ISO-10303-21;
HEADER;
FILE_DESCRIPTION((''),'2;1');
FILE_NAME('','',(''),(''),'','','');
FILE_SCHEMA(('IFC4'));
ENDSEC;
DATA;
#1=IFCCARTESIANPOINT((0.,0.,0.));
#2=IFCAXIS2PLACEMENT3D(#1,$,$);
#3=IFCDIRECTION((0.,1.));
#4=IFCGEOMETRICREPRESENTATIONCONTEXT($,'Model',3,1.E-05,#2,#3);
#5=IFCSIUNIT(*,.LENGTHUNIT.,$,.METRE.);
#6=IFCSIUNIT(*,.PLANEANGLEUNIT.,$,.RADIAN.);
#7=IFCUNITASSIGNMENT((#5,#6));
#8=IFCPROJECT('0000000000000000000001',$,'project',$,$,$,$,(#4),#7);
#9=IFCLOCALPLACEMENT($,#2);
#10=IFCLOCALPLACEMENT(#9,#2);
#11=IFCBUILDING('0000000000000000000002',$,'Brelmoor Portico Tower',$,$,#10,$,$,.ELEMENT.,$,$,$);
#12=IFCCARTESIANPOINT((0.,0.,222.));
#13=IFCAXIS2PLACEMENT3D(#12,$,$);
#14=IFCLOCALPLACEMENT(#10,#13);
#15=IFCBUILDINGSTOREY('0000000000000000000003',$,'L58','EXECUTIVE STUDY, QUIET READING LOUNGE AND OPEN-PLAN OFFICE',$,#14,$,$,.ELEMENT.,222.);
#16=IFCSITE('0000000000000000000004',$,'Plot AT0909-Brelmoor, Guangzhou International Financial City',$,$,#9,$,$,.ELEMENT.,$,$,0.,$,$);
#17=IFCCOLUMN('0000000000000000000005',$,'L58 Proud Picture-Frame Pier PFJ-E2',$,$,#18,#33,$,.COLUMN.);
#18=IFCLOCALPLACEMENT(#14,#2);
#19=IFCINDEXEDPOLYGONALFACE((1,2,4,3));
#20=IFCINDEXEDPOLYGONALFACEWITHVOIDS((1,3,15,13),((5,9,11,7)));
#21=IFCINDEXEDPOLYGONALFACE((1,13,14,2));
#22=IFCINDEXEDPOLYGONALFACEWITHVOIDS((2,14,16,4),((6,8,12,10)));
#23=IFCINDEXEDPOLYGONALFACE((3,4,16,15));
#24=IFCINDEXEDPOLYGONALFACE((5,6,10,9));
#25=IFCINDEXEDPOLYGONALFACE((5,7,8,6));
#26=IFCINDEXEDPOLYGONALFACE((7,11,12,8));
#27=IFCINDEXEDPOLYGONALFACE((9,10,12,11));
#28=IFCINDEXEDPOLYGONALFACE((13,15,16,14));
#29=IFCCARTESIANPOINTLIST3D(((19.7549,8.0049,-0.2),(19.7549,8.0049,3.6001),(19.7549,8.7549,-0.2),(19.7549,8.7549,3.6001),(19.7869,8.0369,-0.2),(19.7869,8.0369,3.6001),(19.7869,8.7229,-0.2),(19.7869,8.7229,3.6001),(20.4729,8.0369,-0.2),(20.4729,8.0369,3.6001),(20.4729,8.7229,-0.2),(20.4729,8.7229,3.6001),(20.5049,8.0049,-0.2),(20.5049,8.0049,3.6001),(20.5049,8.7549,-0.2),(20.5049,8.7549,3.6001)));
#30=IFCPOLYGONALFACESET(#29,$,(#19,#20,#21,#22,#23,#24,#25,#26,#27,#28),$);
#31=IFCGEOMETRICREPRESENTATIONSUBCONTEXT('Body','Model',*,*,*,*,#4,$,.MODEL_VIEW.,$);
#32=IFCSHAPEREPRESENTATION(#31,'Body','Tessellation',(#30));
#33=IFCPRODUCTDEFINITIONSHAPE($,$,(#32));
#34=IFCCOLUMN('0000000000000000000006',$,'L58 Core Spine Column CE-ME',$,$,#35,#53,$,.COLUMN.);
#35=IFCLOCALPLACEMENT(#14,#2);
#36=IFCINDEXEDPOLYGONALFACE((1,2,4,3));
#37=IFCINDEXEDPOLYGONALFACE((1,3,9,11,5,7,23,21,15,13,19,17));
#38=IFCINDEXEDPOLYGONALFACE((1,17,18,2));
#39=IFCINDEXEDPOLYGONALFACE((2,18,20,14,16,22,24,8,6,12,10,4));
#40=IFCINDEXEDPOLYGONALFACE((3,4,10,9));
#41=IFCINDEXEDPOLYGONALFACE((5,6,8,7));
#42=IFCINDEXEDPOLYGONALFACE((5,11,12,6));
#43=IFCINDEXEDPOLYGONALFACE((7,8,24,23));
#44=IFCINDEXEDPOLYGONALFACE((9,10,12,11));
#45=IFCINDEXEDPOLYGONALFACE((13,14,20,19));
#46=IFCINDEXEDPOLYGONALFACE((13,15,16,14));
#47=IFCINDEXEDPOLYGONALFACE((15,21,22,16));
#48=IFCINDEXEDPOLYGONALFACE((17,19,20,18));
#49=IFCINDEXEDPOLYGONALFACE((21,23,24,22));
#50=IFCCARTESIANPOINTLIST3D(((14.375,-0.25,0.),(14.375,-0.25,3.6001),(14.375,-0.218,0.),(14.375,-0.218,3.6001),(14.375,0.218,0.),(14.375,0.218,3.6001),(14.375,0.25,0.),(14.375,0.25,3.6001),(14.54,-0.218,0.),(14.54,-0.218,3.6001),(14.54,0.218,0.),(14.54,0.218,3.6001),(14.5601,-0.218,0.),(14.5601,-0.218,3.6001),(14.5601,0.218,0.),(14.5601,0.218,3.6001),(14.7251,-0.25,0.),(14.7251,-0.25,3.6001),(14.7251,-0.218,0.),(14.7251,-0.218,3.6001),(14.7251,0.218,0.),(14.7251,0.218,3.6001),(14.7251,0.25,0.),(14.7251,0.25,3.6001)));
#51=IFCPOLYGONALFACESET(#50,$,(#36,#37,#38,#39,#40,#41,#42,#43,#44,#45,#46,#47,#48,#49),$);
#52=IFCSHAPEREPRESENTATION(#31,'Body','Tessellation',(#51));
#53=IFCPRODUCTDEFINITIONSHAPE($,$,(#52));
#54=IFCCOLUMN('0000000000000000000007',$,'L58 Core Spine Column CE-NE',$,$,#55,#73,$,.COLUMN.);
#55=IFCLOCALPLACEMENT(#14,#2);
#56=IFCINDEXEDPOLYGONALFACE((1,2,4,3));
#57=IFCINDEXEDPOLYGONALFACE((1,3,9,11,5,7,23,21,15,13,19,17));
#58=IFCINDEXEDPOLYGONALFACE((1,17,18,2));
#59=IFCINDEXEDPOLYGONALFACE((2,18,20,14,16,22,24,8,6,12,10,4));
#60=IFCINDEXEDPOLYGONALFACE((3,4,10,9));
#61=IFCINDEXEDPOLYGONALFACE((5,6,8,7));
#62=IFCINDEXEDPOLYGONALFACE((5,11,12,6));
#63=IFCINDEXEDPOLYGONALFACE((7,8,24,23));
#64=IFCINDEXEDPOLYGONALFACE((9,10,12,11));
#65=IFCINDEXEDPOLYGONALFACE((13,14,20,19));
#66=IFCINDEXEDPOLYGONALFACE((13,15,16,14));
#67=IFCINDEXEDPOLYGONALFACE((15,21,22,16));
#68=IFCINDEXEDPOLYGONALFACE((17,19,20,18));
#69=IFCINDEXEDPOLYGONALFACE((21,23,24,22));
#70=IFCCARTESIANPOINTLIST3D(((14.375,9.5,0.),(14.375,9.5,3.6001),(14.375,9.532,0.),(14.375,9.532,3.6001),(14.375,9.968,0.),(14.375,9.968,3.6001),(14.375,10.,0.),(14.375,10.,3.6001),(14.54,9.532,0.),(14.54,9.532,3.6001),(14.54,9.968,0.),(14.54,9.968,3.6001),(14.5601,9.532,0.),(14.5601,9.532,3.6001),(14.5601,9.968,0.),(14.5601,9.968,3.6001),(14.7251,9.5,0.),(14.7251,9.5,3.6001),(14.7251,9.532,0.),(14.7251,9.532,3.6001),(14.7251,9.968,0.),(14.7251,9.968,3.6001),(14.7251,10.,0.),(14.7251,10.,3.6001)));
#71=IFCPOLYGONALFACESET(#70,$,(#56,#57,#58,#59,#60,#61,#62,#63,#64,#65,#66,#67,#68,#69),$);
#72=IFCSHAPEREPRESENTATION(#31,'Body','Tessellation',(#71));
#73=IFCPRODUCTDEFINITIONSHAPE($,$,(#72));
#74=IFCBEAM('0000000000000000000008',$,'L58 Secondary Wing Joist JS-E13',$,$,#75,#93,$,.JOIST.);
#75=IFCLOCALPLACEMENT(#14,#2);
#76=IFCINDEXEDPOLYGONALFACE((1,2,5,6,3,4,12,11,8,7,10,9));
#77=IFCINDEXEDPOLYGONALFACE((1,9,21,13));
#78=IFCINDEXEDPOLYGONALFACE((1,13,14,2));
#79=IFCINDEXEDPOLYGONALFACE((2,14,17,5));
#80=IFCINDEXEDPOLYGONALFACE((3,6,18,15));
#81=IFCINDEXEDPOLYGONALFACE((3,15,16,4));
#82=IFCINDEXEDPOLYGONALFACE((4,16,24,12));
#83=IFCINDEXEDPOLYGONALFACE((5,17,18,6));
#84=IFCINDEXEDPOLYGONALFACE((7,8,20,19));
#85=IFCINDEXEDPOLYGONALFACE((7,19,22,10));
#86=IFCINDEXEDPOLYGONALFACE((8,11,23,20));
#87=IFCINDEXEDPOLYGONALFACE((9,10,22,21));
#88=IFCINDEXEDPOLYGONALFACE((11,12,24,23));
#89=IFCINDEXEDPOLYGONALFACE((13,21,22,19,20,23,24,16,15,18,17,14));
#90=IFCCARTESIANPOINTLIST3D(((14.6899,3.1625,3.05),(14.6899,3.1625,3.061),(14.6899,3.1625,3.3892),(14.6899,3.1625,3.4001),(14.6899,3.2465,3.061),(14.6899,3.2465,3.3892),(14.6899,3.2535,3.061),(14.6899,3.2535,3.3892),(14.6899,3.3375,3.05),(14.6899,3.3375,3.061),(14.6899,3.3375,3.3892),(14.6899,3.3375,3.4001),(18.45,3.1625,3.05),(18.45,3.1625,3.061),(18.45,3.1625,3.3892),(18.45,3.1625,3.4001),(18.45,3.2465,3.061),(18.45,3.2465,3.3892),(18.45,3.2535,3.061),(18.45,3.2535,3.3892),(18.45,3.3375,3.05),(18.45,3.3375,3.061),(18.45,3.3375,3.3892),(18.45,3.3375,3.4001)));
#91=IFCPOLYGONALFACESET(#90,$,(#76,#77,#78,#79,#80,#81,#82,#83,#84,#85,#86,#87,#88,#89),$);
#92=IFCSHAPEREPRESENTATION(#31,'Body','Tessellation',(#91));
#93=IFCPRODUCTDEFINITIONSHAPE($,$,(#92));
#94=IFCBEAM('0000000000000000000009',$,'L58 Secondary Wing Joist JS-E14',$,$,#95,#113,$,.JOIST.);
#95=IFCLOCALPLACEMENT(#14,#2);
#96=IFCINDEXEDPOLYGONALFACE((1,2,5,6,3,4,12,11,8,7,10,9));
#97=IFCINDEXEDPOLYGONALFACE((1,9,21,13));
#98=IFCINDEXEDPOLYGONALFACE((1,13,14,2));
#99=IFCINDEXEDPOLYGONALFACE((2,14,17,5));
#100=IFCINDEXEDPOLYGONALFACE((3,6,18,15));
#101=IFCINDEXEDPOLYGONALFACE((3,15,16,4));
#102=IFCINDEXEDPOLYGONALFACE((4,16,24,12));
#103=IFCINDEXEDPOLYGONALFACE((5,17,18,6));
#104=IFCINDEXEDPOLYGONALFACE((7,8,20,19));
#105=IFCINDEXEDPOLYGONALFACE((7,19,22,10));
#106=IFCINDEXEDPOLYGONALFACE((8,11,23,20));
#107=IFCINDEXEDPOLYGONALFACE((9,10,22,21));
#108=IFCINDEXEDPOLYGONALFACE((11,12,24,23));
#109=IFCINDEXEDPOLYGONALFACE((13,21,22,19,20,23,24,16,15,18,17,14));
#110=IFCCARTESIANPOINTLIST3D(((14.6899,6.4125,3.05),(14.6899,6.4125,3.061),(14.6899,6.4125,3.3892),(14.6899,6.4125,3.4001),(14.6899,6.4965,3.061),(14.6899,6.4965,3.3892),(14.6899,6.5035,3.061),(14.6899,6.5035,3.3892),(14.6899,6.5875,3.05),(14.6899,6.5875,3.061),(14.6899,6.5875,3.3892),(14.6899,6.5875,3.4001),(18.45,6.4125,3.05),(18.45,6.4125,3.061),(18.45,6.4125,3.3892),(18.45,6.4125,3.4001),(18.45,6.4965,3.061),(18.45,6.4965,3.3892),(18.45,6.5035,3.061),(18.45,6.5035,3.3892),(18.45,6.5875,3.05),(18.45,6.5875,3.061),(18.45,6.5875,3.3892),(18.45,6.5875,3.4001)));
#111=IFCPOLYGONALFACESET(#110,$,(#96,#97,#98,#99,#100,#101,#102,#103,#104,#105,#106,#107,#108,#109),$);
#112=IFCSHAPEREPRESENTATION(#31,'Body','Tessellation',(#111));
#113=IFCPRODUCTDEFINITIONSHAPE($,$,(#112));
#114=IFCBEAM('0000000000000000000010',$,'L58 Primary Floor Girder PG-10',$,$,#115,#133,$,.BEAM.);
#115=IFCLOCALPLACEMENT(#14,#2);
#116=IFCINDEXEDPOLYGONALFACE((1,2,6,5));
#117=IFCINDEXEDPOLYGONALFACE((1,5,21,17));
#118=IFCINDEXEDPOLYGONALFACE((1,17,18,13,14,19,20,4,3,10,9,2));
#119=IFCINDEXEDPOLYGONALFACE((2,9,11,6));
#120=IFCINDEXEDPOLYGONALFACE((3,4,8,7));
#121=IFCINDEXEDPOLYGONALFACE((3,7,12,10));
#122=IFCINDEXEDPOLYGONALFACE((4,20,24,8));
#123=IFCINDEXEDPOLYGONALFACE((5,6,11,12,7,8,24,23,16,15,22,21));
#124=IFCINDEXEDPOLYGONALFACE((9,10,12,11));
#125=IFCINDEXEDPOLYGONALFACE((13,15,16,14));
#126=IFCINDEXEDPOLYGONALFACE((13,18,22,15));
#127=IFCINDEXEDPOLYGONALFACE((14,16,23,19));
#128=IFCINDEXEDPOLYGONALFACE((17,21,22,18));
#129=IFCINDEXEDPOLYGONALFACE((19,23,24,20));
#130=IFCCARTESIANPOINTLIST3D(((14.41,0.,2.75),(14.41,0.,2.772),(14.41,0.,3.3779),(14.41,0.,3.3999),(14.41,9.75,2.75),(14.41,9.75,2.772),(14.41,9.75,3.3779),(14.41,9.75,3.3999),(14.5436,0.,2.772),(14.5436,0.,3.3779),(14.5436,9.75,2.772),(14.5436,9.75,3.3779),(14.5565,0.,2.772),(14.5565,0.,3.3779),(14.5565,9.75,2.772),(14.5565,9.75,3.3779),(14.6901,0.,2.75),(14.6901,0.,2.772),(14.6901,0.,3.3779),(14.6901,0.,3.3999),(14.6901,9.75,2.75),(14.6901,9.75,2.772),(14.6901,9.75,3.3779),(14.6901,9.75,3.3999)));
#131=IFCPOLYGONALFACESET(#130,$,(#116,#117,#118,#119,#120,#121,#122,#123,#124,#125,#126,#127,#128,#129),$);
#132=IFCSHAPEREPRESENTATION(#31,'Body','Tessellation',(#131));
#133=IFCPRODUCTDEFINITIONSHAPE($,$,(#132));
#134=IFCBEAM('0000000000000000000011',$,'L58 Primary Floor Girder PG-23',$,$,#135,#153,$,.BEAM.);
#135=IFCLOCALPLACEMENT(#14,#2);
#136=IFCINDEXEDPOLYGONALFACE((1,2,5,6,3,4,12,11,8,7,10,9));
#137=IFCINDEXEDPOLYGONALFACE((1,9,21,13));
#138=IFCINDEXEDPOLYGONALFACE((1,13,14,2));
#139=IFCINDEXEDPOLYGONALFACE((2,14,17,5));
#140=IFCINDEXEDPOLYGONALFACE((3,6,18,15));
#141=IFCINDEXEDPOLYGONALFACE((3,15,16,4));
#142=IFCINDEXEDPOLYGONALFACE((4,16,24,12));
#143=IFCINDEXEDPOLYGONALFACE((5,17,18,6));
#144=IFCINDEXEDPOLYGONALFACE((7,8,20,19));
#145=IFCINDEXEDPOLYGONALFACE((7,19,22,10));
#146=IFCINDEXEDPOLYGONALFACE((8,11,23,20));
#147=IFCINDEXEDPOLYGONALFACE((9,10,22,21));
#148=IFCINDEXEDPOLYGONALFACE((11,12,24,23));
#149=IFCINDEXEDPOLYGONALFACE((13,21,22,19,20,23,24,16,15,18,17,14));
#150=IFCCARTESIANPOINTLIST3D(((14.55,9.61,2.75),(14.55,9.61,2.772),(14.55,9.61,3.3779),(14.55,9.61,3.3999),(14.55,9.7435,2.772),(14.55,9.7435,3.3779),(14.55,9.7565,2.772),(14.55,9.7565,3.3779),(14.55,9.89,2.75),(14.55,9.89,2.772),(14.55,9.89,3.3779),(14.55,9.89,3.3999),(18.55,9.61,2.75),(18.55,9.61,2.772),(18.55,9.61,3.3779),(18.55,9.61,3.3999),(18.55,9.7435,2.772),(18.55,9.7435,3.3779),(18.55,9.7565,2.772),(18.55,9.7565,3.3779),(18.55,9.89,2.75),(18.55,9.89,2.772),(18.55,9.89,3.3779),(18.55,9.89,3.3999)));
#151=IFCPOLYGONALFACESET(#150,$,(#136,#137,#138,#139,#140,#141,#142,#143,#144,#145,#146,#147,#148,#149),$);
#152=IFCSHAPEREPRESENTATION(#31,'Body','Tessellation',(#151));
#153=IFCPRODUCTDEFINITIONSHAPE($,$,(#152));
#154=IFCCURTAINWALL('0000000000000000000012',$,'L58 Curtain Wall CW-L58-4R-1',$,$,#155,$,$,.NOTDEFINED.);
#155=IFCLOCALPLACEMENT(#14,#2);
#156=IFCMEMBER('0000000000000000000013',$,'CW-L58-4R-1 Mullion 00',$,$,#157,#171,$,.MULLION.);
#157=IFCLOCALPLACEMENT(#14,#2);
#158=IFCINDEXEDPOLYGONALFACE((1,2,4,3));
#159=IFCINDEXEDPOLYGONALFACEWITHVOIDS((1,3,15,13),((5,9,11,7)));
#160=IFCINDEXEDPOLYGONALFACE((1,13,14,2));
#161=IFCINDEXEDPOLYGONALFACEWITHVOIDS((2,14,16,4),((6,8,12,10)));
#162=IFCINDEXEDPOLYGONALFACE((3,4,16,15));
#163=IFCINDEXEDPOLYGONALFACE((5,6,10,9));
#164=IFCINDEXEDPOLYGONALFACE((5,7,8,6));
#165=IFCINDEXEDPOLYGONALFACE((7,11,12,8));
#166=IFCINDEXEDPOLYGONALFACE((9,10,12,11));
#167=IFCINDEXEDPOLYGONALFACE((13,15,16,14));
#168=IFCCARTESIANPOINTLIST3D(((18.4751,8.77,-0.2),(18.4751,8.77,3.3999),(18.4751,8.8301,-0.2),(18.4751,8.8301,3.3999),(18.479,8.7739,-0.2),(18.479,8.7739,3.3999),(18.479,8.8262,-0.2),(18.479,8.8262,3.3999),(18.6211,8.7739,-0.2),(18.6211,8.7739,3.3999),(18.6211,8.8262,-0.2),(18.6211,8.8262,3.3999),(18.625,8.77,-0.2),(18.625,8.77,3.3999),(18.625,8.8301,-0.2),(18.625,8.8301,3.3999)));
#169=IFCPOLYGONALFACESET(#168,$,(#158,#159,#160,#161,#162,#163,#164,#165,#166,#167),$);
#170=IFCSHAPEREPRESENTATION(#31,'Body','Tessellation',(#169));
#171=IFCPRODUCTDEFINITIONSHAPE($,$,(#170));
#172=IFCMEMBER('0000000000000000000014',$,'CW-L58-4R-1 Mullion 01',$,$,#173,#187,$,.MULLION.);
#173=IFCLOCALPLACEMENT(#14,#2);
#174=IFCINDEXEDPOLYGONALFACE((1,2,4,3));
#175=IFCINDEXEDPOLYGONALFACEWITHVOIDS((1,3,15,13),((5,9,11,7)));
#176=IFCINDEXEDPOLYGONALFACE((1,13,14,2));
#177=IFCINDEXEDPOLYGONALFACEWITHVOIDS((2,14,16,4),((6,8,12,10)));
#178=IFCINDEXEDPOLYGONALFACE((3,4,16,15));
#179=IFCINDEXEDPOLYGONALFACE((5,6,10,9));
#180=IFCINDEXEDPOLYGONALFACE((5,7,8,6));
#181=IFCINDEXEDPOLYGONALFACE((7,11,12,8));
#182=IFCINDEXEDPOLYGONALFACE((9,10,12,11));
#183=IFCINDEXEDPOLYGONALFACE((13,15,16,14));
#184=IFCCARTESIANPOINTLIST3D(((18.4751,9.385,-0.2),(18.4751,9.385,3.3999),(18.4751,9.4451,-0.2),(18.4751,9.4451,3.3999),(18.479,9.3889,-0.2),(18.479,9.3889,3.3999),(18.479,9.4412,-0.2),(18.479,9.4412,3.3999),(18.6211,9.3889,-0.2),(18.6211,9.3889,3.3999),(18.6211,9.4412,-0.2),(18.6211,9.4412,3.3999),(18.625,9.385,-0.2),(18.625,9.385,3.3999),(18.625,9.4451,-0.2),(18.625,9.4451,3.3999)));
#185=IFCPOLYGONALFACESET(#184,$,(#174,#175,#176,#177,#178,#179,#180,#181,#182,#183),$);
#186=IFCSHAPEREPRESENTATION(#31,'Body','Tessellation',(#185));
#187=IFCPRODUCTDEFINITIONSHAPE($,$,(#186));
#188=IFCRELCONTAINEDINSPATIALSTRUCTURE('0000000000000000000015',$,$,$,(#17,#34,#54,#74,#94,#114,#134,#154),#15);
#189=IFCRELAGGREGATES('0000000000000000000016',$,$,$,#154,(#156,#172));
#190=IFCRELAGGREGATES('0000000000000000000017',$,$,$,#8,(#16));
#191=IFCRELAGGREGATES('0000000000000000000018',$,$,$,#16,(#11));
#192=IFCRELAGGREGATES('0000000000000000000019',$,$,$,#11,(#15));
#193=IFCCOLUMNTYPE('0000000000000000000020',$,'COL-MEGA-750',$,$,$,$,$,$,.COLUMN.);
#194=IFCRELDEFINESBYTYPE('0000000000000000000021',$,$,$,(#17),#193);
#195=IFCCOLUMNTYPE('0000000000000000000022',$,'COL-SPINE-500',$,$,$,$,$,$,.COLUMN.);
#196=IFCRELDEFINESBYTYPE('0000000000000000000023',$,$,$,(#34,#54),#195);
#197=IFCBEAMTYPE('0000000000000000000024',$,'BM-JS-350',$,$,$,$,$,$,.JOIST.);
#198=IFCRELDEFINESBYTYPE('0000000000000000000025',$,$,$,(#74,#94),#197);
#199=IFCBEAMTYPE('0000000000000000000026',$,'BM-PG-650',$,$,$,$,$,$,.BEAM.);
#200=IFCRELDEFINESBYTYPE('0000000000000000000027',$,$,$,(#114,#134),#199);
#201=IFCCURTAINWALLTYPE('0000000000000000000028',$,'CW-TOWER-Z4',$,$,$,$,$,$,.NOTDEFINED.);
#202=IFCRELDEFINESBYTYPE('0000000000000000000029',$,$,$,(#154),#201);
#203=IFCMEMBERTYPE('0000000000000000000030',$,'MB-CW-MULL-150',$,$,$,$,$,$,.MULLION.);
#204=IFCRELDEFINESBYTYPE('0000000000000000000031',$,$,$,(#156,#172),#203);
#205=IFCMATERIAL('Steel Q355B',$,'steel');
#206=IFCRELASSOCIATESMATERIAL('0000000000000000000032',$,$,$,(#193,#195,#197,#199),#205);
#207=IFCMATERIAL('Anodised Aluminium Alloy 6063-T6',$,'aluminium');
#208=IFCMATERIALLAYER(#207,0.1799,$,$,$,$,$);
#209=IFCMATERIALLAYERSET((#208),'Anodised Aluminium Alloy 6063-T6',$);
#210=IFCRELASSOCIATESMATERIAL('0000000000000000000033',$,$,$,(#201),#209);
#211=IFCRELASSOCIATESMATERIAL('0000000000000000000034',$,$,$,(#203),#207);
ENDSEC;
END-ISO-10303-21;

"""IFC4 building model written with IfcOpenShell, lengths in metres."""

from ifc_helpers import new_model, si_unit, direction, frame, origin, origin_2d, place, context, subcontext, project, spatial, hollow_rectangle, i_section, extrude, material, layer, layer_set, material_profile, profile_set, type_object, element, aggregate, save


model = new_model("IFC4")

# Units and contexts
model_context = context("Model", 3, precision=1e-05, world=origin(), true_north=direction((0.0, 1.0)))
body_context = subcontext(model_context, "Body", "Model", "MODEL_VIEW")
ifc_project = project(units=[si_unit("LENGTHUNIT", "METRE"), si_unit("PLANEANGLEUNIT", "RADIAN")], contexts=[model_context])

# Site, building, storey
site_placement = place(None, origin())
site = spatial("IfcSite", under=ifc_project, at=site_placement, Name="Plot AT0909-Brelmoor, Guangzhou International Financial City", CompositionType="ELEMENT", RefElevation=0.0)
building_placement = place(site_placement, origin())
building = spatial("IfcBuilding", under=site, at=building_placement, Name="Brelmoor Portico Tower", CompositionType="ELEMENT")
storey_placement = place(building_placement, frame((0.0, 0.0, 222.0)))
storey = spatial("IfcBuildingStorey", under=building, at=storey_placement, Name="L58", Description="EXECUTIVE STUDY, QUIET READING LOUNGE AND OPEN-PLAN OFFICE", CompositionType="ELEMENT", Elevation=222.0)

# Columns
ifc_material_1 = material(Name="Steel Q355B", Category="steel")
ifc_material_profile_1 = material_profile(ifc_material_1, hollow_rectangle(XDim=0.75, YDim=0.75, WallThickness=0.032, at=origin_2d()), Name="BOX 750x750x32")
ifc_profile_set_1 = profile_set([ifc_material_profile_1], Name="Steel Q355B")
column_type_1 = type_object("IfcColumnType", Name="COL-MEGA-750", PredefinedType="COLUMN", material=ifc_profile_set_1)
column_placement = place(storey_placement, frame((20.1299, 8.3799, -0.2), z_axis=(0.0, 0.0, 1.0), x_axis=(0.0, 1.0, 0.0)))
element("IfcColumn", 1, at=column_placement, inside=storey, type_object=column_type_1, Name="L58 Proud Picture-Frame Pier PFJ-E2", PredefinedType="COLUMN", context=body_context, shape_type="SweptSolid", body=[
    extrude(hollow_rectangle(XDim=0.75, YDim=0.75, WallThickness=0.032, at=origin_2d()), origin(), (0.0, 0.0, 1.0), 3.8),
])
ifc_material_profile_2 = material_profile(ifc_material_1, i_section(OverallWidth=0.3501, OverallDepth=0.5, WebThickness=0.02, FlangeThickness=0.032, at=origin_2d()), Name="HW 500x350x20x32")
ifc_profile_set_2 = profile_set([ifc_material_profile_2], Name="Steel Q355B")
column_type_2 = type_object("IfcColumnType", Name="COL-SPINE-500", PredefinedType="COLUMN", material=ifc_profile_set_2)
for number, where, z_axis, x_axis, name in (
    (2, (14.55, 0.0, 0.0), (0.0, 0.0, 1.0), (1.0, 0.0, 0.0), "L58 Core Spine Column CE-ME"),
    (3, (14.55, 9.75, 0.0), (0.0, 0.0, 1.0), (1.0, 0.0, 0.0), "L58 Core Spine Column CE-NE"),
):
    element("IfcColumn", number, at=place(storey_placement, frame(where, z_axis=z_axis, x_axis=x_axis)), inside=storey, type_object=column_type_2, Name=name, PredefinedType="COLUMN", context=body_context, shape_type="SweptSolid", body=[
        extrude(i_section(OverallWidth=0.3501, OverallDepth=0.5, WebThickness=0.02, FlangeThickness=0.032, at=origin_2d()), origin(), (0.0, 0.0, 1.0), 3.6001),
    ])

# Beams
ifc_material_profile_3 = material_profile(ifc_material_1, i_section(OverallWidth=0.175, OverallDepth=0.3501, WebThickness=0.0071, FlangeThickness=0.011, at=origin_2d()), Name="HN 350x175x7x11")
ifc_profile_set_3 = profile_set([ifc_material_profile_3], Name="Steel Q355B")
beam_type_1 = type_object("IfcBeamType", Name="BM-JS-350", PredefinedType="JOIST", material=ifc_profile_set_3)
for number, where, z_axis, x_axis, name in (
    (4, (14.6899, 3.25, 3.2251), (1.0, 0.0, 0.0), (0.0, 1.0, 0.0), "L58 Secondary Wing Joist JS-E13"),
    (5, (14.6899, 6.5, 3.2251), (1.0, 0.0, 0.0), (0.0, 1.0, 0.0), "L58 Secondary Wing Joist JS-E14"),
):
    element("IfcBeam", number, at=place(storey_placement, frame(where, z_axis=z_axis, x_axis=x_axis)), inside=storey, type_object=beam_type_1, Name=name, PredefinedType="JOIST", context=body_context, shape_type="SweptSolid", body=[
        extrude(i_section(OverallWidth=0.175, OverallDepth=0.3501, WebThickness=0.0071, FlangeThickness=0.011, at=origin_2d()), origin(), (0.0, 0.0, 1.0), 3.76),
    ])
ifc_material_profile_4 = material_profile(ifc_material_1, i_section(OverallWidth=0.28, OverallDepth=0.6499, WebThickness=0.0129, FlangeThickness=0.022, at=origin_2d()), Name="HN 650x280x13x22")
ifc_profile_set_4 = profile_set([ifc_material_profile_4], Name="Steel Q355B")
beam_type_2 = type_object("IfcBeamType", Name="BM-PG-650", PredefinedType="BEAM", material=ifc_profile_set_4)
beam_1_placement = place(storey_placement, frame((14.55, 0.0, 3.075), z_axis=(0.0, 1.0, 0.0), x_axis=(-1.0, 0.0, 0.0)))
element("IfcBeam", 6, at=beam_1_placement, inside=storey, type_object=beam_type_2, Name="L58 Primary Floor Girder PG-10", PredefinedType="BEAM", context=body_context, shape_type="SweptSolid", body=[
    extrude(i_section(OverallWidth=0.28, OverallDepth=0.6499, WebThickness=0.0129, FlangeThickness=0.022, at=origin_2d()), origin(), (0.0, 0.0, 1.0), 9.75),
])
beam_2_placement = place(storey_placement, frame((14.55, 9.75, 3.075), z_axis=(1.0, 0.0, 0.0), x_axis=(0.0, 1.0, 0.0)))
element("IfcBeam", 7, at=beam_2_placement, inside=storey, type_object=beam_type_2, Name="L58 Primary Floor Girder PG-23", PredefinedType="BEAM", context=body_context, shape_type="SweptSolid", body=[
    extrude(i_section(OverallWidth=0.28, OverallDepth=0.6499, WebThickness=0.0129, FlangeThickness=0.022, at=origin_2d()), origin(), (0.0, 0.0, 1.0), 4.0),
])

# Curtain wall, members
ifc_material_2 = material(Name="Anodised Aluminium Alloy 6063-T6", Category="aluminium")
ifc_layer_1 = layer(ifc_material_2, 0.1799)
ifc_layer_set_1 = layer_set([ifc_layer_1], Name="Anodised Aluminium Alloy 6063-T6")
curtain_wall_type = type_object("IfcCurtainWallType", Name="CW-TOWER-Z4", PredefinedType="NOTDEFINED", material=ifc_layer_set_1)
curtain_wall_placement = place(storey_placement, origin())
curtain_wall = element("IfcCurtainWall", 8, at=curtain_wall_placement, inside=storey, type_object=curtain_wall_type, Name="L58 Curtain Wall CW-L58-4R-1", PredefinedType="NOTDEFINED")
ifc_material_profile_5 = material_profile(ifc_material_2, hollow_rectangle(XDim=0.0601, YDim=0.1499, WallThickness=0.0039, at=origin_2d()), Name="ALU MULLION 60x150")
ifc_profile_set_5 = profile_set([ifc_material_profile_5], Name="Anodised Aluminium Alloy 6063-T6")
member_type_1 = type_object("IfcMemberType", Name="MB-CW-MULL-150", PredefinedType="MULLION", material=ifc_profile_set_5)
member_1_placement = place(storey_placement, frame((18.55, 8.8, -0.2), z_axis=(0.0, 0.0, 1.0), x_axis=(0.0, 1.0, 0.0)))
member_1 = element("IfcMember", 9, at=member_1_placement, type_object=member_type_1, Name="CW-L58-4R-1 Mullion 00", PredefinedType="MULLION", context=body_context, shape_type="SweptSolid", body=[
    extrude(hollow_rectangle(XDim=0.0601, YDim=0.1499, WallThickness=0.0039, at=origin_2d()), origin(), (0.0, 0.0, 1.0), 3.5999),
])
member_2_placement = place(storey_placement, frame((18.55, 9.415, -0.2), z_axis=(0.0, 0.0, 1.0), x_axis=(0.0, 1.0, 0.0)))
member_2 = element("IfcMember", 10, at=member_2_placement, type_object=member_type_1, Name="CW-L58-4R-1 Mullion 01", PredefinedType="MULLION", context=body_context, shape_type="SweptSolid", body=[
    extrude(hollow_rectangle(XDim=0.0601, YDim=0.1499, WallThickness=0.0039, at=origin_2d()), origin(), (0.0, 0.0, 1.0), 3.5999),
])

aggregate(curtain_wall, [member_1, member_2])

save(model, "model.ifc")
